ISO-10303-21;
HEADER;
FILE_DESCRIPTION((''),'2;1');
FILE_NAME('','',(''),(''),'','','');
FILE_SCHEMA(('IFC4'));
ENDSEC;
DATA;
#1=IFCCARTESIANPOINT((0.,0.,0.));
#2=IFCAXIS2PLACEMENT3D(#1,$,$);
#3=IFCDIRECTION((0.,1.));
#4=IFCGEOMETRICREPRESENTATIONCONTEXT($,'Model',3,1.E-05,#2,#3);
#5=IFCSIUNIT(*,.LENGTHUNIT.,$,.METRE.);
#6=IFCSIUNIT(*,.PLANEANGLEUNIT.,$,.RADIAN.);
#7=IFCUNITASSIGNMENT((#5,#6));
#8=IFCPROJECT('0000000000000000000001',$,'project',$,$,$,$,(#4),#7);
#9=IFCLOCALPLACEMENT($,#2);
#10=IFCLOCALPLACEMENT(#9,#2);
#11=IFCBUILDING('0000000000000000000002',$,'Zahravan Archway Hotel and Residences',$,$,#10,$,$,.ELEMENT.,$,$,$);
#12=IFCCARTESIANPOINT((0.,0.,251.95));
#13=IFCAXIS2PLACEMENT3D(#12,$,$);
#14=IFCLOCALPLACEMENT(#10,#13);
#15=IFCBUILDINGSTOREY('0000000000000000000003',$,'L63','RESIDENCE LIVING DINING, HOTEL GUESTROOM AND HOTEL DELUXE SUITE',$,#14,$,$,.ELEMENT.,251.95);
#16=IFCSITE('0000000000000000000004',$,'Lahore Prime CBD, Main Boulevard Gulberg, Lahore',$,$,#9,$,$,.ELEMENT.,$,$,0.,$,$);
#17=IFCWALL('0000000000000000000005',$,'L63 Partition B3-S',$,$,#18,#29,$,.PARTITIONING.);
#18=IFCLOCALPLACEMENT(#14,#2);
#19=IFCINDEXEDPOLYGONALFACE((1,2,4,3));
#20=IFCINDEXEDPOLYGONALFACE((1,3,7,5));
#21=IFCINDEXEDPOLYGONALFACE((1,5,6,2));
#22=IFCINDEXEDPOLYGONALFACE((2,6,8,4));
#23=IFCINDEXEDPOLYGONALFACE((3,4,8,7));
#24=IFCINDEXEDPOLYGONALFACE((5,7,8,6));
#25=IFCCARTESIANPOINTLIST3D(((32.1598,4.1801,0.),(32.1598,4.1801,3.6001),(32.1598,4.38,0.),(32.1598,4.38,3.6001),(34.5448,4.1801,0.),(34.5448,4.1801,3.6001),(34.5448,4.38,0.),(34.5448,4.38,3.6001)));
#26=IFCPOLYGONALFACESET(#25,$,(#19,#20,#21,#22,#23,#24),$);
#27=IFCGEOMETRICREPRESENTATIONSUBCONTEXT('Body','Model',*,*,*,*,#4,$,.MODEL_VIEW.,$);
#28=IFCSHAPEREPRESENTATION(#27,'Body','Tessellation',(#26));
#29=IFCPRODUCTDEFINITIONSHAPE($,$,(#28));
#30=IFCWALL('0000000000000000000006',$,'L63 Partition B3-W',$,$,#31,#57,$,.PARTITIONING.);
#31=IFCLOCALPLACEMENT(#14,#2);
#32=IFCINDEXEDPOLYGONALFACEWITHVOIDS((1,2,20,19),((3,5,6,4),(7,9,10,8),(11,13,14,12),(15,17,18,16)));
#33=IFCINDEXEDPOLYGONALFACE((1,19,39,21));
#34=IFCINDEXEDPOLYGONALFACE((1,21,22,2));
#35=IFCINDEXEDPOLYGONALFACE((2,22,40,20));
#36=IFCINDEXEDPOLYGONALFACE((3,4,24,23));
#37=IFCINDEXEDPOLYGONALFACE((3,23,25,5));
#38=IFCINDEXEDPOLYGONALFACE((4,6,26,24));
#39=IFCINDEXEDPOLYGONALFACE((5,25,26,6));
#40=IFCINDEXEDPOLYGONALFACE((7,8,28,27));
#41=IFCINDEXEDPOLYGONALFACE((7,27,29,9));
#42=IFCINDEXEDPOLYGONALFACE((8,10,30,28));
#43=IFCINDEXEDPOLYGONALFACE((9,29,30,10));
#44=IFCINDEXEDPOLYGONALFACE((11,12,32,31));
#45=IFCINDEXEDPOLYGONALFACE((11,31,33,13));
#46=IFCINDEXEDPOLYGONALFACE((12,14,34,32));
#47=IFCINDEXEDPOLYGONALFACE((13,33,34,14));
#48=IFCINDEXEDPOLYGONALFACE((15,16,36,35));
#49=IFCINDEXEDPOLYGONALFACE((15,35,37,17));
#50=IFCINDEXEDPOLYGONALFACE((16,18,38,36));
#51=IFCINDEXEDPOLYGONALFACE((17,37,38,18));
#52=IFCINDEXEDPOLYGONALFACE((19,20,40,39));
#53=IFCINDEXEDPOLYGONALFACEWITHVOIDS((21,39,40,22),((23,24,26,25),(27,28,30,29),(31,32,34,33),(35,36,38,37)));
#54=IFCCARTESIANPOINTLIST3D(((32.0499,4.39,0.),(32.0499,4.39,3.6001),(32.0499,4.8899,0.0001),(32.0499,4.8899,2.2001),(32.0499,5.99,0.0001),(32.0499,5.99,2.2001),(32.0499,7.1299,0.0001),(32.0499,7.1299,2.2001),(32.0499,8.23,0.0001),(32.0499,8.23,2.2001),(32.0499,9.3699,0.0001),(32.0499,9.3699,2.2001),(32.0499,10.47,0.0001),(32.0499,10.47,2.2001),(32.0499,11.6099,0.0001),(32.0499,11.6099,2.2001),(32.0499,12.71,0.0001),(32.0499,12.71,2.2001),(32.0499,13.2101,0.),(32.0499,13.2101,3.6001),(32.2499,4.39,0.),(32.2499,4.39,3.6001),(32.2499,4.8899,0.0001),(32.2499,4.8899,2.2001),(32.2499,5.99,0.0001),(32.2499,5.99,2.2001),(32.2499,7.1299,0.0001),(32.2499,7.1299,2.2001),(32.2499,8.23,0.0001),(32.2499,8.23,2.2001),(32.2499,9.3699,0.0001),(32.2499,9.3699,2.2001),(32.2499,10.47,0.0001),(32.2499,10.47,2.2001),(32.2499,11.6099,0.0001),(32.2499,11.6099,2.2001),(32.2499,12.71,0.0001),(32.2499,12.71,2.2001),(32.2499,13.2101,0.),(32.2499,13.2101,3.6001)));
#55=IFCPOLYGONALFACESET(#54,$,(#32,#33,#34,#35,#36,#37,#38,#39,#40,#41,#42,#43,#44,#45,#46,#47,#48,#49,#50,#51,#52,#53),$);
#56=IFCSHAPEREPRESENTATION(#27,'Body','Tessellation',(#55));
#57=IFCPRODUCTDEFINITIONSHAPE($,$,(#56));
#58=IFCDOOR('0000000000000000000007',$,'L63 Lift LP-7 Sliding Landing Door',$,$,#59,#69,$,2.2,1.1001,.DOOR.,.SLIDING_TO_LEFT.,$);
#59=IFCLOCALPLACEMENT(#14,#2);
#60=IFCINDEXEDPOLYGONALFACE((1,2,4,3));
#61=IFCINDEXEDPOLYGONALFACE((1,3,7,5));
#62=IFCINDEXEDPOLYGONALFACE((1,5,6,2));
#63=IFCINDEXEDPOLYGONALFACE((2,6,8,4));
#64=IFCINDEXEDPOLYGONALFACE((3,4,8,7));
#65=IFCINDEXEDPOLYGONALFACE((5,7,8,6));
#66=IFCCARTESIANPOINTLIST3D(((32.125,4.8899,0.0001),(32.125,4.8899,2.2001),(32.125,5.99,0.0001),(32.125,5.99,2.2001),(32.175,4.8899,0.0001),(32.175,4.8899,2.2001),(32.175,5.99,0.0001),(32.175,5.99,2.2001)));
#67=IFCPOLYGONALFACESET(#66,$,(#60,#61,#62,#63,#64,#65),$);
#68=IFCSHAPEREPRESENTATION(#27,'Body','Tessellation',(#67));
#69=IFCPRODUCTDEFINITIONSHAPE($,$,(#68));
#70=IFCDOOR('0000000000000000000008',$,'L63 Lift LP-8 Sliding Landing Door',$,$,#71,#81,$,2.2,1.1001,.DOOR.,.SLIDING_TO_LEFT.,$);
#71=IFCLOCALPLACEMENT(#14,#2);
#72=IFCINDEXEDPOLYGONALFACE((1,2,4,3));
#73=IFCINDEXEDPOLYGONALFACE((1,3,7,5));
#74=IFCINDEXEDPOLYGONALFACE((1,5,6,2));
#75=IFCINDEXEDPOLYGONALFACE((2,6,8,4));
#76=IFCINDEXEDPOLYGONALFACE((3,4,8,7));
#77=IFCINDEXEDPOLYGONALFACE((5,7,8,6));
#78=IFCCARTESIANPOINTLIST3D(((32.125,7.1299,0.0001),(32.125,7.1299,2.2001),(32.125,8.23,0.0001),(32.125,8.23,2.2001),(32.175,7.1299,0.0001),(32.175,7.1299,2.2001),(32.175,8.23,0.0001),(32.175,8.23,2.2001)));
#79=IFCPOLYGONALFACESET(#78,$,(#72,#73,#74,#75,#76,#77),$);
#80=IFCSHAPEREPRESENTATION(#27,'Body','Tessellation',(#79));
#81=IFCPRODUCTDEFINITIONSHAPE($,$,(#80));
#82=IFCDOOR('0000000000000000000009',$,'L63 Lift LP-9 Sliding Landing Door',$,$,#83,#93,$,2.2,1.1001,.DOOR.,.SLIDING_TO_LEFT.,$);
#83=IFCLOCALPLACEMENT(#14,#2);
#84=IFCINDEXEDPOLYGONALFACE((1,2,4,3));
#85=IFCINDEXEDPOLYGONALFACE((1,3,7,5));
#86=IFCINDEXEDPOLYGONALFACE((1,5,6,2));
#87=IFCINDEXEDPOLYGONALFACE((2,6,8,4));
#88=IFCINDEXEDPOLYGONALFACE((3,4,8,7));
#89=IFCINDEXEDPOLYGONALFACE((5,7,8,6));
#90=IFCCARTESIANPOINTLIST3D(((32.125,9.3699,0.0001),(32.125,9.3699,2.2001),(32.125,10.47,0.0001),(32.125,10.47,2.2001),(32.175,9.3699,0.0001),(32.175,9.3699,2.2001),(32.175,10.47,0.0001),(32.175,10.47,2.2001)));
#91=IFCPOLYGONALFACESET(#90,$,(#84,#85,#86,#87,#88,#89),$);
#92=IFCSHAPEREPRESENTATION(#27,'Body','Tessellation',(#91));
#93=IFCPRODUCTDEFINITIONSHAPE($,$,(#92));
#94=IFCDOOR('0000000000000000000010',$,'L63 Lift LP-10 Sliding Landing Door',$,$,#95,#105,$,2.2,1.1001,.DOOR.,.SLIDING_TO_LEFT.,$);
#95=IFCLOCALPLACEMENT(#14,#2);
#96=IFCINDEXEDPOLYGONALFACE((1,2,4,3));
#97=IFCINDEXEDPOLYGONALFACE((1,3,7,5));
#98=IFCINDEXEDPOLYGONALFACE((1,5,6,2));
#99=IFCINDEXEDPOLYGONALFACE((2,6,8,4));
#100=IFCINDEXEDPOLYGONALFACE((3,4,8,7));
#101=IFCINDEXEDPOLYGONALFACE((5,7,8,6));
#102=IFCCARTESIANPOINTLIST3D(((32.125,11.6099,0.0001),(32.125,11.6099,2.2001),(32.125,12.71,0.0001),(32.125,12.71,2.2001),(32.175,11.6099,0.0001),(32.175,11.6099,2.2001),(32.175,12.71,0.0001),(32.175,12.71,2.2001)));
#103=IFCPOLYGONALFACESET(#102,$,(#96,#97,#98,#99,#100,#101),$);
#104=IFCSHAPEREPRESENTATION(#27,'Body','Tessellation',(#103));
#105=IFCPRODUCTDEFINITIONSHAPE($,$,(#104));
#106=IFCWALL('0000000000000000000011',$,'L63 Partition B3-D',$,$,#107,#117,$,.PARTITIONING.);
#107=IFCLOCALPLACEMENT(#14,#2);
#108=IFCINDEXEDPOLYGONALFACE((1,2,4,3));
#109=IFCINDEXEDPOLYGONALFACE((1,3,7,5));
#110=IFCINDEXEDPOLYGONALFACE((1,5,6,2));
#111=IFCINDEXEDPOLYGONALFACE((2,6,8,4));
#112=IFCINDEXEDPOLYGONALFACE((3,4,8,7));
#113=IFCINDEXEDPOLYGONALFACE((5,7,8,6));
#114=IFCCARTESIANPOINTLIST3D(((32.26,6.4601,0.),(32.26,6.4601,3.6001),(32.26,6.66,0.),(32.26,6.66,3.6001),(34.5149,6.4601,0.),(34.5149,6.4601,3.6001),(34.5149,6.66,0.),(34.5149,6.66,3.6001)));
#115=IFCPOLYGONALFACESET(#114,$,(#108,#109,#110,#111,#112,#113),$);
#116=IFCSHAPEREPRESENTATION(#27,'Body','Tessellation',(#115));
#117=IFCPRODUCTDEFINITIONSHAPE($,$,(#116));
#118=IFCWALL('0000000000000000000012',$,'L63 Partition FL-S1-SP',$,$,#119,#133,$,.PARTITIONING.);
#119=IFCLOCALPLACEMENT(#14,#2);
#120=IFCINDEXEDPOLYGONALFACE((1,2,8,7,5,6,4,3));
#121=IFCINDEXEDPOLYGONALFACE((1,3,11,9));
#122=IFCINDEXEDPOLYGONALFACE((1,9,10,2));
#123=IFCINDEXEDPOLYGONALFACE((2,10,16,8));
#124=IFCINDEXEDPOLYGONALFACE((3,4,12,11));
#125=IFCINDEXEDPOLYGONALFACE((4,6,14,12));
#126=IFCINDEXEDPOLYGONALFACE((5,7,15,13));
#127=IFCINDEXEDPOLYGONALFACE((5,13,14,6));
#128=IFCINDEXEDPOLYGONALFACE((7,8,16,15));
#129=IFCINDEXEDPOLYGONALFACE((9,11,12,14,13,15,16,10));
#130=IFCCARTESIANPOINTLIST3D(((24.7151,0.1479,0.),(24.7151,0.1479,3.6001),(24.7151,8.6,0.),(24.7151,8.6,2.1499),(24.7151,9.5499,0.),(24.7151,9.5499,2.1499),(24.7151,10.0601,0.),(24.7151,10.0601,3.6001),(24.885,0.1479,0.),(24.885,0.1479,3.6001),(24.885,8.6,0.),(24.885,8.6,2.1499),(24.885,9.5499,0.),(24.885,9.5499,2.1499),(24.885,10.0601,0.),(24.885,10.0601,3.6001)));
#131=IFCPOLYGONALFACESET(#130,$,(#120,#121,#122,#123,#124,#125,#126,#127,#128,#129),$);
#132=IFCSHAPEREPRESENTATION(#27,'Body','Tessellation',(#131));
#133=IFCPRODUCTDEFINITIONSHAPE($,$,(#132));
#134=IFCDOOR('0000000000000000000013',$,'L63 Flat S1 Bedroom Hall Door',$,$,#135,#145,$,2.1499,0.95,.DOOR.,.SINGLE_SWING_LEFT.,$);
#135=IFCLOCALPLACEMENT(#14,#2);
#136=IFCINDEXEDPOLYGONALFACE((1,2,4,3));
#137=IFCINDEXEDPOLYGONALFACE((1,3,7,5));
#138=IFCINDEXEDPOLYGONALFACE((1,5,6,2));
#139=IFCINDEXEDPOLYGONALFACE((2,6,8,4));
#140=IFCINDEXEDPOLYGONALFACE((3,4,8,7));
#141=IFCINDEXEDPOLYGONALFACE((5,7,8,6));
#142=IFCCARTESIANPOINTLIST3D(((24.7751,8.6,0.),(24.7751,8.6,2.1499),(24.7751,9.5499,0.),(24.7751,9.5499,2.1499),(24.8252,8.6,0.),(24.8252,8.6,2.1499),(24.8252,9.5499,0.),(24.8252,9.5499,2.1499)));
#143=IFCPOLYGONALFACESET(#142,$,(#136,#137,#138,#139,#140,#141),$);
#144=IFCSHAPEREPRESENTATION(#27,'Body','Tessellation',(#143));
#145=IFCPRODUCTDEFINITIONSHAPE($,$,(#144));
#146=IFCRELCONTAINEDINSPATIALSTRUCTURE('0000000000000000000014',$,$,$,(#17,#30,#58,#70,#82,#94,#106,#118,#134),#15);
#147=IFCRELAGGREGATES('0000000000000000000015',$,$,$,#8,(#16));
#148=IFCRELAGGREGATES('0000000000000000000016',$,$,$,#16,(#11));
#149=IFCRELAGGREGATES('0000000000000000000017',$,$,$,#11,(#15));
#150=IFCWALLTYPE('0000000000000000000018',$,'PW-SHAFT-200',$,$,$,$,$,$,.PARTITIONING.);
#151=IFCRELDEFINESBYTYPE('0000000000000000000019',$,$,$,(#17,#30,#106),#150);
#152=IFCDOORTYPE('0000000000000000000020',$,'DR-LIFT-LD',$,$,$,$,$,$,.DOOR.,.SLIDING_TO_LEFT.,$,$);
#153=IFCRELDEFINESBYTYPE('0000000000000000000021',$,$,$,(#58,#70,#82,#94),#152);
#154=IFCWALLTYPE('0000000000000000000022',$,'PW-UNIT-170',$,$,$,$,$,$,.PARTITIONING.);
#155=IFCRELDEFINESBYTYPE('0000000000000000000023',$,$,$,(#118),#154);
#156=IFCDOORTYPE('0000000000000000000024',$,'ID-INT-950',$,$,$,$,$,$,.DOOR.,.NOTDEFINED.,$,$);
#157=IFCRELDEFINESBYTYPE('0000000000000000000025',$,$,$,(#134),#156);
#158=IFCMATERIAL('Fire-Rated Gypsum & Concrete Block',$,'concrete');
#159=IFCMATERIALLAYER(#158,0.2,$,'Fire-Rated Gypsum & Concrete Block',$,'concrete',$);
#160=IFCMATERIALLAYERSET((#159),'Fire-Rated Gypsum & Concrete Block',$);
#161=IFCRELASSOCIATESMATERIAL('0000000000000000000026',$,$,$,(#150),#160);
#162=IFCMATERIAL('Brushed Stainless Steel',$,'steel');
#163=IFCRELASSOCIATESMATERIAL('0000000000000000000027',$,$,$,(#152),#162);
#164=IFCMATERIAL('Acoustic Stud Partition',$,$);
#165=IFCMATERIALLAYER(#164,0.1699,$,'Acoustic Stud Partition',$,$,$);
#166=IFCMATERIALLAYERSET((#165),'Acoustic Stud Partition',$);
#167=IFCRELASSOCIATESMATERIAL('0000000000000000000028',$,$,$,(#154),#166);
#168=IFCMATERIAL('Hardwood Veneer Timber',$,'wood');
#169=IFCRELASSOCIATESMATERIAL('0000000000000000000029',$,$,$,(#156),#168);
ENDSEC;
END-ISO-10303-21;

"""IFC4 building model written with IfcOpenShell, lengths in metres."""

from ifc_helpers import new_model, si_unit, direction, frame, frame_2d, origin, place, context, subcontext, project, spatial, rectangle, extrude, source, transform, mapped, material, layer, layer_set, type_object, type_shapes, element, fill, save


model = new_model("IFC4")

# Units and contexts
model_context = context("Model", 3, precision=1e-05, world=origin(), true_north=direction((0.0, 1.0)))
body_context = subcontext(model_context, "Body", "Model", "MODEL_VIEW")
ifc_project = project(units=[si_unit("LENGTHUNIT", "METRE"), si_unit("PLANEANGLEUNIT", "RADIAN")], contexts=[model_context])

# Site, building, storey
site_placement = place(None, origin())
site = spatial("IfcSite", under=ifc_project, at=site_placement, Name="Lahore Prime CBD, Main Boulevard Gulberg, Lahore", CompositionType="ELEMENT", RefElevation=0.0)
building_placement = place(site_placement, origin())
building = spatial("IfcBuilding", under=site, at=building_placement, Name="Zahravan Archway Hotel and Residences", CompositionType="ELEMENT")
storey_placement = place(building_placement, frame((0.0, 0.0, 251.95)))
storey = spatial("IfcBuildingStorey", under=building, at=storey_placement, Name="L63", Description="RESIDENCE LIVING DINING, HOTEL GUESTROOM AND HOTEL DELUXE SUITE", CompositionType="ELEMENT", Elevation=251.95)

# Shared definitions
ifc_material_1 = material(Name="Fire-Rated Gypsum & Concrete Block", Category="concrete")

# Shared definitions
ifc_material_2 = material(Name="Hardwood Veneer Timber", Category="wood")

# Wall
ifc_layer_1 = layer(ifc_material_1, 0.2, Name="Fire-Rated Gypsum & Concrete Block", Category="concrete")
ifc_layer_set_1 = layer_set([ifc_layer_1], Name="Fire-Rated Gypsum & Concrete Block")
wall_type_1 = type_object("IfcWallType", Name="PW-SHAFT-200", PredefinedType="PARTITIONING", material=ifc_layer_set_1)
wall_1_placement = place(storey_placement, frame((32.1599, 4.28, 0.0), z_axis=(0.0, 0.0, 1.0), x_axis=(1.0, 0.0, 0.0)))
element("IfcWall", 1, at=wall_1_placement, inside=storey, type_object=wall_type_1, Name="L63 Partition B3-S", PredefinedType="PARTITIONING", context=body_context, shape_type="SweptSolid", body=[
    extrude(rectangle(XDim=2.385, YDim=0.2, at=frame_2d((1.1924, 0.0))), origin(), (0.0, 0.0, 1.0), 3.6001),
])

# Wall, openings, doors
wall_2_placement = place(storey_placement, frame((32.1499, 4.3899, 0.0), z_axis=(0.0, 0.0, 1.0), x_axis=(0.0, 1.0, 0.0)))
wall_2 = element("IfcWall", 2, at=wall_2_placement, inside=storey, type_object=wall_type_1, Name="L63 Partition B3-W", PredefinedType="PARTITIONING", context=body_context, shape_type="SweptSolid", body=[
    extrude(rectangle(XDim=8.8201, YDim=0.2, at=frame_2d((4.4102, 0.0))), origin(), (0.0, 0.0, 1.0), 3.6001),
])
opening_1_placement = place(wall_2_placement, frame((0.5, 0.0, 0.0)))
opening_1 = element("IfcOpeningElement", 3, at=opening_1_placement, cuts=wall_2, PredefinedType="OPENING", context=body_context, shape_type="SweptSolid", body=[
    extrude(rectangle(XDim=1.1001, YDim=2.2, at=frame_2d((0.55, 1.1001))), frame((0.0, 0.1099, 0.0), z_axis=(0.0, -1.0, 0.0), x_axis=(1.0, 0.0, 0.0)), (0.0, 0.0, 1.0), 0.22),
])
opening_2_placement = place(wall_2_placement, frame((2.74, 0.0, 0.0)))
opening_2 = element("IfcOpeningElement", 4, at=opening_2_placement, cuts=wall_2, PredefinedType="OPENING", context=body_context, shape_type="SweptSolid", body=[
    extrude(rectangle(XDim=1.1001, YDim=2.2, at=frame_2d((0.55, 1.1001))), frame((0.0, 0.1099, 0.0), z_axis=(0.0, -1.0, 0.0), x_axis=(1.0, 0.0, 0.0)), (0.0, 0.0, 1.0), 0.22),
])
opening_3_placement = place(wall_2_placement, frame((4.98, 0.0, 0.0)))
opening_3 = element("IfcOpeningElement", 5, at=opening_3_placement, cuts=wall_2, PredefinedType="OPENING", context=body_context, shape_type="SweptSolid", body=[
    extrude(rectangle(XDim=1.1001, YDim=2.2, at=frame_2d((0.55, 1.1001))), frame((0.0, 0.1099, 0.0), z_axis=(0.0, -1.0, 0.0), x_axis=(1.0, 0.0, 0.0)), (0.0, 0.0, 1.0), 0.22),
])
opening_4_placement = place(wall_2_placement, frame((7.22, 0.0, 0.0)))
opening_4 = element("IfcOpeningElement", 6, at=opening_4_placement, cuts=wall_2, PredefinedType="OPENING", context=body_context, shape_type="SweptSolid", body=[
    extrude(rectangle(XDim=1.1001, YDim=2.2, at=frame_2d((0.55, 1.1001))), frame((0.0, 0.1099, 0.0), z_axis=(0.0, -1.0, 0.0), x_axis=(1.0, 0.0, 0.0)), (0.0, 0.0, 1.0), 0.22),
])
ifc_material_3 = material(Name="Brushed Stainless Steel", Category="steel")
door_type_1 = type_object("IfcDoorType", Name="DR-LIFT-LD", OperationType="SLIDING_TO_LEFT", PredefinedType="DOOR", material=ifc_material_3)
shared_shape_1 = source(origin(), body_context, "Body", "SweptSolid", [
    extrude(rectangle(XDim=1.1001, YDim=2.2, at=frame_2d((0.55, 1.1001))), frame((0.0, 0.0249, 0.0), z_axis=(0.0, -1.0, 0.0), x_axis=(1.0, 0.0, 0.0)), (0.0, 0.0, 1.0), 0.05),
])
type_shapes(door_type_1, [shared_shape_1])
door_1_placement = place(opening_1_placement, origin())
door_1 = element("IfcDoor", 7, at=door_1_placement, inside=storey, type_object=door_type_1, Name="L63 Lift LP-7 Sliding Landing Door", OperationType="SLIDING_TO_LEFT", OverallHeight=2.2, OverallWidth=1.1001, PredefinedType="DOOR", context=body_context, shape_type="MappedRepresentation", body=[
    mapped(shared_shape_1, transform((0.0, 0.0, 0.0), scale=1.0)),
])
fill(opening_1, door_1)
door_2_placement = place(opening_2_placement, origin())
door_2 = element("IfcDoor", 8, at=door_2_placement, inside=storey, type_object=door_type_1, Name="L63 Lift LP-8 Sliding Landing Door", OperationType="SLIDING_TO_LEFT", OverallHeight=2.2, OverallWidth=1.1001, PredefinedType="DOOR", context=body_context, shape_type="MappedRepresentation", body=[
    mapped(shared_shape_1, transform((0.0, 0.0, 0.0), scale=1.0)),
])
fill(opening_2, door_2)
door_3_placement = place(opening_3_placement, origin())
door_3 = element("IfcDoor", 9, at=door_3_placement, inside=storey, type_object=door_type_1, Name="L63 Lift LP-9 Sliding Landing Door", OperationType="SLIDING_TO_LEFT", OverallHeight=2.2, OverallWidth=1.1001, PredefinedType="DOOR", context=body_context, shape_type="MappedRepresentation", body=[
    mapped(shared_shape_1, transform((0.0, 0.0, 0.0), scale=1.0)),
])
fill(opening_3, door_3)
door_4_placement = place(opening_4_placement, origin())
door_4 = element("IfcDoor", 10, at=door_4_placement, inside=storey, type_object=door_type_1, Name="L63 Lift LP-10 Sliding Landing Door", OperationType="SLIDING_TO_LEFT", OverallHeight=2.2, OverallWidth=1.1001, PredefinedType="DOOR", context=body_context, shape_type="MappedRepresentation", body=[
    mapped(shared_shape_1, transform((0.0, 0.0, 0.0), scale=1.0)),
])
fill(opening_4, door_4)

# Wall
wall_3_placement = place(storey_placement, frame((32.26, 6.5601, 0.0), z_axis=(0.0, 0.0, 1.0), x_axis=(1.0, 0.0, 0.0)))
element("IfcWall", 11, at=wall_3_placement, inside=storey, type_object=wall_type_1, Name="L63 Partition B3-D", PredefinedType="PARTITIONING", context=body_context, shape_type="SweptSolid", body=[
    extrude(rectangle(XDim=2.2549, YDim=0.2, at=frame_2d((1.1274, 0.0))), origin(), (0.0, 0.0, 1.0), 3.6001),
])

# Wall, opening, door
ifc_material_4 = material(Name="Acoustic Stud Partition")
ifc_layer_2 = layer(ifc_material_4, 0.1699, Name="Acoustic Stud Partition")
ifc_layer_set_2 = layer_set([ifc_layer_2], Name="Acoustic Stud Partition")
wall_type_2 = type_object("IfcWallType", Name="PW-UNIT-170", PredefinedType="PARTITIONING", material=ifc_layer_set_2)
wall_4_placement = place(storey_placement, frame((24.8, 0.1479, 0.0), z_axis=(0.0, 0.0, 1.0), x_axis=(0.0, 1.0, 0.0)))
wall_4 = element("IfcWall", 12, at=wall_4_placement, inside=storey, type_object=wall_type_2, Name="L63 Partition FL-S1-SP", PredefinedType="PARTITIONING", context=body_context, shape_type="SweptSolid", body=[
    extrude(rectangle(XDim=9.9121, YDim=0.1699, at=frame_2d((4.9561, 0.0))), origin(), (0.0, 0.0, 1.0), 3.6001),
])
opening_5_placement = place(wall_4_placement, frame((8.4519, 0.0, 0.0)))
opening_5 = element("IfcOpeningElement", 13, at=opening_5_placement, cuts=wall_4, PredefinedType="OPENING", context=body_context, shape_type="SweptSolid", body=[
    extrude(rectangle(XDim=0.95, YDim=2.1499, at=frame_2d((0.4751, 1.075))), frame((0.0, 0.095, 0.0), z_axis=(0.0, -1.0, 0.0), x_axis=(1.0, 0.0, 0.0)), (0.0, 0.0, 1.0), 0.1899),
])
door_type_2 = type_object("IfcDoorType", Name="ID-INT-950", OperationType="NOTDEFINED", PredefinedType="DOOR", material=ifc_material_2)
shared_shape_2 = source(origin(), body_context, "Body", "SweptSolid", [
    extrude(rectangle(XDim=0.95, YDim=2.1499, at=frame_2d((0.4751, 1.075))), frame((0.0, 0.0249, 0.0), z_axis=(0.0, -1.0, 0.0), x_axis=(1.0, 0.0, 0.0)), (0.0, 0.0, 1.0), 0.05),
])
type_shapes(door_type_2, [shared_shape_2])
door_5_placement = place(opening_5_placement, origin())
door_5 = element("IfcDoor", 14, at=door_5_placement, inside=storey, type_object=door_type_2, Name="L63 Flat S1 Bedroom Hall Door", OperationType="SINGLE_SWING_LEFT", OverallHeight=2.1499, OverallWidth=0.95, PredefinedType="DOOR", context=body_context, shape_type="MappedRepresentation", body=[
    mapped(shared_shape_2, transform((0.0, 0.0, 0.0), scale=1.0)),
])
fill(opening_5, door_5)

save(model, "model.ifc")
